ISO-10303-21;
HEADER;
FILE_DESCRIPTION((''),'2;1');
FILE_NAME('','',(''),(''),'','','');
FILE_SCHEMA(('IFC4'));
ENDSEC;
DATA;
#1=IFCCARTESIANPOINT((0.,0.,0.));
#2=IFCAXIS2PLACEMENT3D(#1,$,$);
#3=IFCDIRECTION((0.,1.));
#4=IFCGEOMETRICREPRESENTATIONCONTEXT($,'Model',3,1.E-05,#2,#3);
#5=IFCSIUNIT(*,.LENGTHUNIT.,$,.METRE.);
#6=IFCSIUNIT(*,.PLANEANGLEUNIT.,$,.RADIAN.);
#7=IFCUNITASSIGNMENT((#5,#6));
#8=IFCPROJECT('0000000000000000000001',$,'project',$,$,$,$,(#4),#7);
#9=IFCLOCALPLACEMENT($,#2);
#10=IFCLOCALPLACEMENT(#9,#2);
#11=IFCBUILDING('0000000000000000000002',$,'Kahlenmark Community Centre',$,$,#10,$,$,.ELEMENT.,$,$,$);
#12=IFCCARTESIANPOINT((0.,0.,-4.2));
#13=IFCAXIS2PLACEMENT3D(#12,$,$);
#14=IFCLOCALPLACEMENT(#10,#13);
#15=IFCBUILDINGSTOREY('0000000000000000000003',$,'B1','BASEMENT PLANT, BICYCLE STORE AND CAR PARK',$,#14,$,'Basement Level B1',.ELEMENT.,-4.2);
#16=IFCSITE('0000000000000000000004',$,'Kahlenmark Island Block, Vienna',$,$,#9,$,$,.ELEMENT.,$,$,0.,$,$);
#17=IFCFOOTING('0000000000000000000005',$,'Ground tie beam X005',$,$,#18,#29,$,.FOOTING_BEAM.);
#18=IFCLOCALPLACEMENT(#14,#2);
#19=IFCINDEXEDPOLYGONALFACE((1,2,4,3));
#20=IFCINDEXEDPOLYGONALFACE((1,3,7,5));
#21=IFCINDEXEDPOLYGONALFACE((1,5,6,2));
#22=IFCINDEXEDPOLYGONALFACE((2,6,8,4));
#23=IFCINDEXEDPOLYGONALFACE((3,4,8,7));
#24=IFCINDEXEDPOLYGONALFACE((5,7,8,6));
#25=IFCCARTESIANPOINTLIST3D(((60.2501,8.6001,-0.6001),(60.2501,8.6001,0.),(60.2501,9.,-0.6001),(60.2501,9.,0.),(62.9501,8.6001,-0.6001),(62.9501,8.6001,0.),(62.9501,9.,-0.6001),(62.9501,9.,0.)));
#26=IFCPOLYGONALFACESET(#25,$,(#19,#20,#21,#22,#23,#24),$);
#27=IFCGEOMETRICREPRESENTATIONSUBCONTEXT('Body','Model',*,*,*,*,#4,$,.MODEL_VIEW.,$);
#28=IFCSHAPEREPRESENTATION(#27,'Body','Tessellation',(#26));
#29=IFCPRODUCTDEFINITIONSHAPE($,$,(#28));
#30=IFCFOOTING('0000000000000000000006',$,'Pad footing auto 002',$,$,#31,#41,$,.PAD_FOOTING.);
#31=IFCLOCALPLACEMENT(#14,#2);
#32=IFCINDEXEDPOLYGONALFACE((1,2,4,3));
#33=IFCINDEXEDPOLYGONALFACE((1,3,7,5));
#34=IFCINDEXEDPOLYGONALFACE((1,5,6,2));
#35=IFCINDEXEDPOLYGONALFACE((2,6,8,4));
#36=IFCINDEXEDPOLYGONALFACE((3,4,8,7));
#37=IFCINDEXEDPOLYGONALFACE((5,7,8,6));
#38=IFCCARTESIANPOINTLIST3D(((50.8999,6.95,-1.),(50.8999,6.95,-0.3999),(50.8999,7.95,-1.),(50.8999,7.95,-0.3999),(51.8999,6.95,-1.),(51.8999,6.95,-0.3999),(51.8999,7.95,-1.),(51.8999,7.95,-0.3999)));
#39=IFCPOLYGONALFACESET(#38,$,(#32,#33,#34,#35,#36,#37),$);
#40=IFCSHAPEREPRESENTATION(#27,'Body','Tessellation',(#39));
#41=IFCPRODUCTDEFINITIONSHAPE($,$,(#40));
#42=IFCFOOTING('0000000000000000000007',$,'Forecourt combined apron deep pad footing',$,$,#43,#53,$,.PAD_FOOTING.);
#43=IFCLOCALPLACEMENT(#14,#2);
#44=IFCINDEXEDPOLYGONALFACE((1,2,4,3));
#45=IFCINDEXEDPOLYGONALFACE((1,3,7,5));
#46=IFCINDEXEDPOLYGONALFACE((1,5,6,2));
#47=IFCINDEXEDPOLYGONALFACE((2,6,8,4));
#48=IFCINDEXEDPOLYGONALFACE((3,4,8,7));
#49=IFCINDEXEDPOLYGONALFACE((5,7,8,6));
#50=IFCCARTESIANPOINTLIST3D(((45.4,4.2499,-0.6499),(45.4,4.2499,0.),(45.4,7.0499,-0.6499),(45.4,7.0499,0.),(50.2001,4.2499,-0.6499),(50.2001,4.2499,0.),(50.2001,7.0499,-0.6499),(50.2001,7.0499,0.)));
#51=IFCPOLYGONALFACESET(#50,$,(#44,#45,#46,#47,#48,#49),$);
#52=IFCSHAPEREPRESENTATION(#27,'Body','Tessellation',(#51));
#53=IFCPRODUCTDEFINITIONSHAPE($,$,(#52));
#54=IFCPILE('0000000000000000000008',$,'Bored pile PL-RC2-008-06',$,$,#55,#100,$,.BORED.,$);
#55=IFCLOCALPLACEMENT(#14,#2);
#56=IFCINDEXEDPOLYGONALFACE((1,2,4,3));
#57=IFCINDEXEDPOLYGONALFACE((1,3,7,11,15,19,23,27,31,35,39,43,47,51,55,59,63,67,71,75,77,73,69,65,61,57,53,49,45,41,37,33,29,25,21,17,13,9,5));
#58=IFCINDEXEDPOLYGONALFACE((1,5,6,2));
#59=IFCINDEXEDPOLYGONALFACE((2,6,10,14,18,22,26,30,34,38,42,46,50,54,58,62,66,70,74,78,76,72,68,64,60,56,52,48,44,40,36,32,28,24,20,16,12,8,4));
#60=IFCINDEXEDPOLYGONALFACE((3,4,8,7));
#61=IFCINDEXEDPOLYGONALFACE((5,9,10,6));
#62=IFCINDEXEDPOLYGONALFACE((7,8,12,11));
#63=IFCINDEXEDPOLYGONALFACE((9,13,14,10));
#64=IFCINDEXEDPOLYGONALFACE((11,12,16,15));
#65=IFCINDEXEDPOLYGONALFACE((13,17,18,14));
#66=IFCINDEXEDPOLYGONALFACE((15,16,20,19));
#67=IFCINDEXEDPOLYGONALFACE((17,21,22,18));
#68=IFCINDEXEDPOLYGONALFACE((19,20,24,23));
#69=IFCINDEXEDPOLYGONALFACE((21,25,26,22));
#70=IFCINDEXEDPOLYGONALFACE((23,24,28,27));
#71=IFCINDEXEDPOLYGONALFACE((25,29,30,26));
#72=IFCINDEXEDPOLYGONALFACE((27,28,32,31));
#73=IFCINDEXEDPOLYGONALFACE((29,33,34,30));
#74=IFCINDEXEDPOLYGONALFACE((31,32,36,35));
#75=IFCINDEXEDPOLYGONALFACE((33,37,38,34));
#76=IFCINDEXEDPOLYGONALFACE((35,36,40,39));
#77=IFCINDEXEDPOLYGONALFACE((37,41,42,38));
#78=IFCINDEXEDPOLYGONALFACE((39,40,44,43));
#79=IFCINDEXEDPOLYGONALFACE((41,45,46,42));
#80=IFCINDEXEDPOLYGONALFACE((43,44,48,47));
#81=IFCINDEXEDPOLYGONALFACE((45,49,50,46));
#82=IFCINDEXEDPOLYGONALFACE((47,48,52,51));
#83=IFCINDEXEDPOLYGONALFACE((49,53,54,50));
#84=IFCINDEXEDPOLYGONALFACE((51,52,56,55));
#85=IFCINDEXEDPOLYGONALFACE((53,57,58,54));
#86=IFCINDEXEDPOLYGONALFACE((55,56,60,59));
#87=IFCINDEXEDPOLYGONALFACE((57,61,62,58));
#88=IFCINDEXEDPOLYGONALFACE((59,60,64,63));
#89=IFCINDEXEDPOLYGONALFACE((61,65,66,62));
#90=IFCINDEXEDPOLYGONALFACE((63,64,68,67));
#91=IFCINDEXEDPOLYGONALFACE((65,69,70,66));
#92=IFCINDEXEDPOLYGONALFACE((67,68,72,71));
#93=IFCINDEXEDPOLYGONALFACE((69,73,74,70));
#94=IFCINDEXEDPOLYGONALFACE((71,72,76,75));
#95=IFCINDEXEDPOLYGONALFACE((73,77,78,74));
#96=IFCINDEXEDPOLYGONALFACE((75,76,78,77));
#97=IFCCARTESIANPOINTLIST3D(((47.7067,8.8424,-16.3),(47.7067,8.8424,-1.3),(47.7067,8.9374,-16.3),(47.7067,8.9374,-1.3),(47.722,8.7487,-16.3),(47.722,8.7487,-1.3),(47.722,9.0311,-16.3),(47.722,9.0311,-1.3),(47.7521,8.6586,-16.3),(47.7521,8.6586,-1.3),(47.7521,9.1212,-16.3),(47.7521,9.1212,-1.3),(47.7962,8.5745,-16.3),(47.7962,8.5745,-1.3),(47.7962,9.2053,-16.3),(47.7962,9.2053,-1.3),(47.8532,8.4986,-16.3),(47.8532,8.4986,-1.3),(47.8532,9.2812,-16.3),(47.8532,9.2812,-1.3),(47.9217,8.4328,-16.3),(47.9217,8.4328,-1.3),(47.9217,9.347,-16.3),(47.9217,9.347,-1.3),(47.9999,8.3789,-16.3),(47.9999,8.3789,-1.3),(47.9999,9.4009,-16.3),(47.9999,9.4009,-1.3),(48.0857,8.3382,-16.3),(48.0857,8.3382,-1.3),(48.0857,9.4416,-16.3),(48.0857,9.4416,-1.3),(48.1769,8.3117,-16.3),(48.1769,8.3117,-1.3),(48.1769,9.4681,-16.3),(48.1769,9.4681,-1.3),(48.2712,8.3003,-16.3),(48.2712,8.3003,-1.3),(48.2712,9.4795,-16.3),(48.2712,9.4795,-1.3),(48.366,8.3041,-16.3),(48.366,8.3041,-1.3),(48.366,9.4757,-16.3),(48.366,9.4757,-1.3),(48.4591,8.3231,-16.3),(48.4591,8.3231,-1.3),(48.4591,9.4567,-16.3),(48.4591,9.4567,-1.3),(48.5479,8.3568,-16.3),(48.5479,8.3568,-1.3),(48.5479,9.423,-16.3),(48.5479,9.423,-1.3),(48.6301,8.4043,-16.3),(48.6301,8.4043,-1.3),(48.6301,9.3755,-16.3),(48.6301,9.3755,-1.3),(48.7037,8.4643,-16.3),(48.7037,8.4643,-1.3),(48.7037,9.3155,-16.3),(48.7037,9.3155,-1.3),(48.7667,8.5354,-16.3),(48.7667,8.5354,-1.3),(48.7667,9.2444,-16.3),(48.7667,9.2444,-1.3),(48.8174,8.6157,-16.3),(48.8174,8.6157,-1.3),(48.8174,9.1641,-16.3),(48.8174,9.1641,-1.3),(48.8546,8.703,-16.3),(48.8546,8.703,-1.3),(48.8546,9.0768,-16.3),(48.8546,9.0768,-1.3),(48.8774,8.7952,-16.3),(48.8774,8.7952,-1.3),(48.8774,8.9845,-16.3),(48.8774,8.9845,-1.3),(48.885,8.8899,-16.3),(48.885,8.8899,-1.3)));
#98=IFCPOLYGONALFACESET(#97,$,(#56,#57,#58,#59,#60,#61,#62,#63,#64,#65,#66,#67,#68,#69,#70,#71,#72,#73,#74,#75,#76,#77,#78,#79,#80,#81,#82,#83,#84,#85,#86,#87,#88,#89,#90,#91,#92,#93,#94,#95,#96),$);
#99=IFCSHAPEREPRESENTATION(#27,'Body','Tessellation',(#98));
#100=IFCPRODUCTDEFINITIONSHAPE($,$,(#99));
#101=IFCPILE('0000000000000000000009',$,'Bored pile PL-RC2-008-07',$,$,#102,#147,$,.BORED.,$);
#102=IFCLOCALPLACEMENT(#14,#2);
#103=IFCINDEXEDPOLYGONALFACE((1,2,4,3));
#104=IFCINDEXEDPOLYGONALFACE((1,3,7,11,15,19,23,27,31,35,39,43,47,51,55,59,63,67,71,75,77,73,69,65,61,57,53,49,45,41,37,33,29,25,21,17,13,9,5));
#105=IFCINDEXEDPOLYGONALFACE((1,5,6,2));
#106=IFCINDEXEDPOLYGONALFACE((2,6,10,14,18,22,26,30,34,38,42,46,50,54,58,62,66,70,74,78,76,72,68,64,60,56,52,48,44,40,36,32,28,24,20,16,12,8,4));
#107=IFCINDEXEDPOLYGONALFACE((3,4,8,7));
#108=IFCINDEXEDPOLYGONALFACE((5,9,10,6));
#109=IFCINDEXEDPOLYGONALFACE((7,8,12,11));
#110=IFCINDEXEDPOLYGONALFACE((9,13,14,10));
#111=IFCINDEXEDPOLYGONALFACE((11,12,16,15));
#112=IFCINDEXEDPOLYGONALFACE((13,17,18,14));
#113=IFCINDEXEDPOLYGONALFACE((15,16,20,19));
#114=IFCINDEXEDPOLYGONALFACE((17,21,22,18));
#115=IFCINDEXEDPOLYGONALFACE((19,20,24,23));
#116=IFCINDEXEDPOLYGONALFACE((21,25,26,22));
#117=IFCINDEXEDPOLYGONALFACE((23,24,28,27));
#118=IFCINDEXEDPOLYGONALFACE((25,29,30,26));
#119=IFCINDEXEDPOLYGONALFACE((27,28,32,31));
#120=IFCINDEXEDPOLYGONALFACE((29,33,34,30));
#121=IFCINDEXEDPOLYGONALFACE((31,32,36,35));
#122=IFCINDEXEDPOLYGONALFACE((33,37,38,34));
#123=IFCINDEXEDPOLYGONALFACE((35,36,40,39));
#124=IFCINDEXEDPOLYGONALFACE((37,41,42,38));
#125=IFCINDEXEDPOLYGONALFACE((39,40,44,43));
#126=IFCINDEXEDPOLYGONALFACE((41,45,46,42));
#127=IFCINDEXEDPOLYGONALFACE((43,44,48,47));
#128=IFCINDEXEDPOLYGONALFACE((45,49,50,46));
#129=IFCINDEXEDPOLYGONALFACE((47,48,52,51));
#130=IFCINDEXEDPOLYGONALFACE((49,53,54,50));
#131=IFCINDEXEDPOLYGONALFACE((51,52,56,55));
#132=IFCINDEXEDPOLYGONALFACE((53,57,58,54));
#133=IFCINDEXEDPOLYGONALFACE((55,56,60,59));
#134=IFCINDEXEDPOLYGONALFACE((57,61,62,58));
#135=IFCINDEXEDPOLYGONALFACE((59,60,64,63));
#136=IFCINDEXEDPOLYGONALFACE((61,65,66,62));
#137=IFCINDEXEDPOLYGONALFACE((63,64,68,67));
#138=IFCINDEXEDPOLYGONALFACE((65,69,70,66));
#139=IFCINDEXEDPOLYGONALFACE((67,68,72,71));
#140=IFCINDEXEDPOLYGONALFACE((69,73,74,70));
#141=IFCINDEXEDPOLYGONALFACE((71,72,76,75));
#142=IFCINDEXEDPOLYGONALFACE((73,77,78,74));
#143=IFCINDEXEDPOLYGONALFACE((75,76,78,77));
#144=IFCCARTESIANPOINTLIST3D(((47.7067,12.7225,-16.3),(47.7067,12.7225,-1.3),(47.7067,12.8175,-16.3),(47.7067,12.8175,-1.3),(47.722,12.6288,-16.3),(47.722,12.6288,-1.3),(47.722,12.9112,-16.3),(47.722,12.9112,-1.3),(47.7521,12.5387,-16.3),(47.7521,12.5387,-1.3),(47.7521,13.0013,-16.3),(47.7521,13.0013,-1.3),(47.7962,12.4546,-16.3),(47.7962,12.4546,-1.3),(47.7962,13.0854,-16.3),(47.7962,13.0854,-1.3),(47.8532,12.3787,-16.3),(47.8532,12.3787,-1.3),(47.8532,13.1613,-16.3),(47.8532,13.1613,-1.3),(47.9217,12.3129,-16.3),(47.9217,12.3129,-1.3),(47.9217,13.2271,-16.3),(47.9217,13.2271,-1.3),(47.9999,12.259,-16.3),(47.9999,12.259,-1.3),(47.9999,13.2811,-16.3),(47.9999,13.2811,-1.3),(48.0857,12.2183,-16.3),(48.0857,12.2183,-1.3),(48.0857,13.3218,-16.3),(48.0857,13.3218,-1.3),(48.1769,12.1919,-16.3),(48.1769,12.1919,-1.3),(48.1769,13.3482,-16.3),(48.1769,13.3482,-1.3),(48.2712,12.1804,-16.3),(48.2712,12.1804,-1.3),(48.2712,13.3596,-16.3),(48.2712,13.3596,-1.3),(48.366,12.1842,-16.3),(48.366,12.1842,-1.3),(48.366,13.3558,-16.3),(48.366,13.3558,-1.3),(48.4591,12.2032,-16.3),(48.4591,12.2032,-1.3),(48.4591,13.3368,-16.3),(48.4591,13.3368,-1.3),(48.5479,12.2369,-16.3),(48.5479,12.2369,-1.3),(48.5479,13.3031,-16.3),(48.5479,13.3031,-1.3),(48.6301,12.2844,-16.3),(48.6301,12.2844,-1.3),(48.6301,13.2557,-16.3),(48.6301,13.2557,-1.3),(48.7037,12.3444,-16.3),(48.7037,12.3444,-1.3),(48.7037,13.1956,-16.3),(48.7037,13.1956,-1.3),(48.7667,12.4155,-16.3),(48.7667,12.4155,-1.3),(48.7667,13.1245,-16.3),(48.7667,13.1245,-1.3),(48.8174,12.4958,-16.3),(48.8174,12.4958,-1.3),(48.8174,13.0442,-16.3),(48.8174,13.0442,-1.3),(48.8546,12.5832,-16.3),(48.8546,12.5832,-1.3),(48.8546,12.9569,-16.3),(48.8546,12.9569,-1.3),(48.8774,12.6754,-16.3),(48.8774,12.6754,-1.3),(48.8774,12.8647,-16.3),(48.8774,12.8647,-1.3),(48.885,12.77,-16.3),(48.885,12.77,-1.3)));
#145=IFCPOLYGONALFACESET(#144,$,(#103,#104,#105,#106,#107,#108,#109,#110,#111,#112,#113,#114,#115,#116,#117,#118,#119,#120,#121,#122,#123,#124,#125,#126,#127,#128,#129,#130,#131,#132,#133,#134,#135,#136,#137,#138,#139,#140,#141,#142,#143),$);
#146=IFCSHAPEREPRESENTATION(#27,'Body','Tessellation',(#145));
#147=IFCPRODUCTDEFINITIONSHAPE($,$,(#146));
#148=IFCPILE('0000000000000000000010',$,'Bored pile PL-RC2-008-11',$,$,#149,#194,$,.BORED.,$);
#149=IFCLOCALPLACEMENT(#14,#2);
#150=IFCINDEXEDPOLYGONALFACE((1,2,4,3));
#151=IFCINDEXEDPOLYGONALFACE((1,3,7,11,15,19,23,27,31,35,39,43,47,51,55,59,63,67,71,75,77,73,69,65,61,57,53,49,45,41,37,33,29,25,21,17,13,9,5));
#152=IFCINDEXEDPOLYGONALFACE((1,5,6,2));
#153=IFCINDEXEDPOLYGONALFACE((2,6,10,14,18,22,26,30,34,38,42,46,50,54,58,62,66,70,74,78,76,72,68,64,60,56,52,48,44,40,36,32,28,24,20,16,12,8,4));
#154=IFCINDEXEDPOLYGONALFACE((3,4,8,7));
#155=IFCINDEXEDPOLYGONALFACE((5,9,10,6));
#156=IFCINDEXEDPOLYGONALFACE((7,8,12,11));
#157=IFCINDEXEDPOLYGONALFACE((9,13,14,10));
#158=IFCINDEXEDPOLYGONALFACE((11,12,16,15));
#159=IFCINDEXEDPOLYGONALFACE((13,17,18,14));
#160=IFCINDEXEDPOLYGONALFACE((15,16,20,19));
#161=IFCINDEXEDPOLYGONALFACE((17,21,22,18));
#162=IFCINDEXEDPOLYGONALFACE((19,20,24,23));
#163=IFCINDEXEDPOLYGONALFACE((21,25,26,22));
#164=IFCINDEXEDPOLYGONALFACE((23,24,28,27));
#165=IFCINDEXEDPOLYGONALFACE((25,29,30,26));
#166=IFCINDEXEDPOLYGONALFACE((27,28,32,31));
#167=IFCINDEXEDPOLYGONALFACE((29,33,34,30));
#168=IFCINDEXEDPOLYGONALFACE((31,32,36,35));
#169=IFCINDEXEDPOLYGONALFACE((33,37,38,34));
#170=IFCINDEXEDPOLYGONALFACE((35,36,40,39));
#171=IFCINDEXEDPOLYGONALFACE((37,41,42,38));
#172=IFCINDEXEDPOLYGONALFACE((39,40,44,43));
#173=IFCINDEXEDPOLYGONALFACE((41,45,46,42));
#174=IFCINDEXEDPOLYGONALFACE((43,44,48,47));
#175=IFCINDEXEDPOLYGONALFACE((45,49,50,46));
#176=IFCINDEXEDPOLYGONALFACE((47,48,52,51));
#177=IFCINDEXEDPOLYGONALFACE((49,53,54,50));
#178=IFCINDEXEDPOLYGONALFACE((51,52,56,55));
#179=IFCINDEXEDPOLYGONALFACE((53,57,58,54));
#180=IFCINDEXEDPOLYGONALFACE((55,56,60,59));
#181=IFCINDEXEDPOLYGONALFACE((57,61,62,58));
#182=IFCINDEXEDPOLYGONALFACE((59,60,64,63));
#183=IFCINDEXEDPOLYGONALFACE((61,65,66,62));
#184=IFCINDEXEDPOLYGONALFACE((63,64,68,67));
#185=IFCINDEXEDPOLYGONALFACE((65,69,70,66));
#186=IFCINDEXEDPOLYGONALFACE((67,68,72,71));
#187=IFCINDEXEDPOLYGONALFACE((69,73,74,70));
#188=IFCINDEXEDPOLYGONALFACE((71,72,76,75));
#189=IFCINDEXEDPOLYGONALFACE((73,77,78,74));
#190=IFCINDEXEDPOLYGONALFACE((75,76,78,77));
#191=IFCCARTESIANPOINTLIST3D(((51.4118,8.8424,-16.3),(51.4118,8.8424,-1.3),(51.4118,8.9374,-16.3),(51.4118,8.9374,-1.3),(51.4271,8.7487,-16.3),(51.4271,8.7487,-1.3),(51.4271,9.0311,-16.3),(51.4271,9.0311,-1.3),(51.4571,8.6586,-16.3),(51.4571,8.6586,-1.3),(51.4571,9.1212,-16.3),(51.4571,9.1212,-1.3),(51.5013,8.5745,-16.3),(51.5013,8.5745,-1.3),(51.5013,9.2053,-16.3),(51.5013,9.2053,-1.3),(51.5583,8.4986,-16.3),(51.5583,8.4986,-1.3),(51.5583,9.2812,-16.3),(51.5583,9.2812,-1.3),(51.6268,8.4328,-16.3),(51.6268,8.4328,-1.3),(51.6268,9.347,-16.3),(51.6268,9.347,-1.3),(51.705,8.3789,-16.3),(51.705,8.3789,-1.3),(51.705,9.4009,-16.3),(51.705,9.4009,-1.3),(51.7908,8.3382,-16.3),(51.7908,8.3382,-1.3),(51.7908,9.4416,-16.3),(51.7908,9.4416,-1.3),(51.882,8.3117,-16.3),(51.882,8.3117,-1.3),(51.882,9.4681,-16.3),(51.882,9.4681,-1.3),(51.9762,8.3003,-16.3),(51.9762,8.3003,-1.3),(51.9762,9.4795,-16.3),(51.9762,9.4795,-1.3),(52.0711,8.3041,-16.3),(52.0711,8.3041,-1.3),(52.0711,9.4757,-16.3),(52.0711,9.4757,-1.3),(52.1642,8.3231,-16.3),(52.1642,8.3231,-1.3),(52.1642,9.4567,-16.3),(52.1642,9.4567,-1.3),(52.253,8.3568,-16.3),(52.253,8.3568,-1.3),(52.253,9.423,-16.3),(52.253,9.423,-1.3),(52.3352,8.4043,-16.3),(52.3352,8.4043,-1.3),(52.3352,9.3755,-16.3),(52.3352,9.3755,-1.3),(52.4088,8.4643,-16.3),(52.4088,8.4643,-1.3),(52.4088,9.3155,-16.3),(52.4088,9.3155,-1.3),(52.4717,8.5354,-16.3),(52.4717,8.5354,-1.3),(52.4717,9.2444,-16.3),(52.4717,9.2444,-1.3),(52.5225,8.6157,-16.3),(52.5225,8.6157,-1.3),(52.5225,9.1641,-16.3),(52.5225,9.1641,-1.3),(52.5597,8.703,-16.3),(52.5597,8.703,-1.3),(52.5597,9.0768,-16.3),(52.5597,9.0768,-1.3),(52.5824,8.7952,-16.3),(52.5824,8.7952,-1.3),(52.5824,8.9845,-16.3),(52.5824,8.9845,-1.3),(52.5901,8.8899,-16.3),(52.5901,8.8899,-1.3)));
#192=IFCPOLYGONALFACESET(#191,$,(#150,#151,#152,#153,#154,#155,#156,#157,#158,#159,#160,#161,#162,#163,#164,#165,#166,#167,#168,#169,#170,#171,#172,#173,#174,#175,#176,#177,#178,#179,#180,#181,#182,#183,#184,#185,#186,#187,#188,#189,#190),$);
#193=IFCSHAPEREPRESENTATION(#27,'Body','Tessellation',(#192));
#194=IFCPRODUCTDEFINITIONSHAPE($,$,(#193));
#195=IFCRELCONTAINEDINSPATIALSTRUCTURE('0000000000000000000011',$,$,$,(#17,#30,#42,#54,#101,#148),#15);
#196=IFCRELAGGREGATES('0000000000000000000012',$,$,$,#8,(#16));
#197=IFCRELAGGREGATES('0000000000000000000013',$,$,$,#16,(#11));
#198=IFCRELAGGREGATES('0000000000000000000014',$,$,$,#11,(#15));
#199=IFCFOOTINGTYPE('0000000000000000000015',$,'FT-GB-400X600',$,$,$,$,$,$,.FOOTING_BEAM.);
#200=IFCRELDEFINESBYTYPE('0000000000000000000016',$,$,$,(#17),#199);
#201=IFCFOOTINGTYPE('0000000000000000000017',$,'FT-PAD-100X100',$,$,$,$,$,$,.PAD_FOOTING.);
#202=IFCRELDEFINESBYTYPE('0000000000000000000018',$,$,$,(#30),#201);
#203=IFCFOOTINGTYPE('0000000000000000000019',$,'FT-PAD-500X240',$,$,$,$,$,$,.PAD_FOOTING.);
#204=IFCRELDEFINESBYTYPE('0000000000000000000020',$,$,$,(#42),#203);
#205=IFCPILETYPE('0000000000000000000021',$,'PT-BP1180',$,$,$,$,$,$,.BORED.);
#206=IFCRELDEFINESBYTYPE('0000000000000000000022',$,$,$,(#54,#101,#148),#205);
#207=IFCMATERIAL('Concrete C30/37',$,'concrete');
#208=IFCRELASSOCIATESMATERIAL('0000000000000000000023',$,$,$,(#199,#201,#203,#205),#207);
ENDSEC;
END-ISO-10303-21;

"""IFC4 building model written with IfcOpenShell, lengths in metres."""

from ifc_helpers import new_model, si_unit, direction, frame, origin, origin_2d, place, context, subcontext, project, spatial, rectangle, circle, extrude, material, material_profile, profile_set, type_object, element, save


model = new_model("IFC4")

# Units and contexts
model_context = context("Model", 3, precision=1e-05, world=origin(), true_north=direction((0.0, 1.0)))
body_context = subcontext(model_context, "Body", "Model", "MODEL_VIEW")
ifc_project = project(units=[si_unit("LENGTHUNIT", "METRE"), si_unit("PLANEANGLEUNIT", "RADIAN")], contexts=[model_context])

# Site, building, storey
site_placement = place(None, origin())
site = spatial("IfcSite", under=ifc_project, at=site_placement, Name="Kahlenmark Island Block, Vienna", CompositionType="ELEMENT", RefElevation=0.0)
building_placement = place(site_placement, origin())
building = spatial("IfcBuilding", under=site, at=building_placement, Name="Kahlenmark Community Centre", CompositionType="ELEMENT")
storey_placement = place(building_placement, frame((0.0, 0.0, -4.2)))
storey = spatial("IfcBuildingStorey", under=building, at=storey_placement, Name="B1", Description="BASEMENT PLANT, BICYCLE STORE AND CAR PARK", LongName="Basement Level B1", CompositionType="ELEMENT", Elevation=-4.2)

# Footings
ifc_material_1 = material(Name="Concrete C30/37", Category="concrete")
footing_type_1 = type_object("IfcFootingType", Name="FT-GB-400X600", PredefinedType="FOOTING_BEAM", material=ifc_material_1)
footing_1_placement = place(storey_placement, frame((61.6001, 8.8, -0.6001), z_axis=(0.0, 0.0, 1.0), x_axis=(1.0, 0.0, 0.0)))
element("IfcFooting", 1, at=footing_1_placement, inside=storey, type_object=footing_type_1, Name="Ground tie beam X005", PredefinedType="FOOTING_BEAM", context=body_context, shape_type="SweptSolid", body=[
    extrude(rectangle(XDim=2.7, YDim=0.3999, at=origin_2d()), origin(), (0.0, 0.0, 1.0), 0.6001),
])
footing_type_2 = type_object("IfcFootingType", Name="FT-PAD-100X100", PredefinedType="PAD_FOOTING", material=ifc_material_1)
footing_2_placement = place(storey_placement, frame((51.3999, 7.45, -1.0), z_axis=(0.0, 0.0, 1.0), x_axis=(1.0, 0.0, 0.0)))
element("IfcFooting", 2, at=footing_2_placement, inside=storey, type_object=footing_type_2, Name="Pad footing auto 002", PredefinedType="PAD_FOOTING", context=body_context, shape_type="SweptSolid", body=[
    extrude(rectangle(XDim=1.0, YDim=1.0, at=origin_2d()), origin(), (0.0, 0.0, 1.0), 0.6001),
])
footing_type_3 = type_object("IfcFootingType", Name="FT-PAD-500X240", PredefinedType="PAD_FOOTING", material=ifc_material_1)
footing_3_placement = place(storey_placement, frame((47.8, 5.6499, -0.6499), z_axis=(0.0, 0.0, 1.0), x_axis=(1.0, 0.0, 0.0)))
element("IfcFooting", 3, at=footing_3_placement, inside=storey, type_object=footing_type_3, Name="Forecourt combined apron deep pad footing", PredefinedType="PAD_FOOTING", context=body_context, shape_type="SweptSolid", body=[
    extrude(rectangle(XDim=4.8, YDim=2.8, at=origin_2d()), origin(), (0.0, 0.0, 1.0), 0.6499),
])

# Piles
ifc_material_profile_1 = material_profile(ifc_material_1, circle(Radius=0.5901, at=origin_2d()), Name="BORED PILE 1180")
ifc_profile_set_1 = profile_set([ifc_material_profile_1], Name="Concrete C30/37")
pile_type = type_object("IfcPileType", Name="PT-BP1180", PredefinedType="BORED", material=ifc_profile_set_1)
for number, where, z_axis, x_axis, name in (
    (4, (48.2949, 8.8899, -1.3), (0.0, 0.0, -1.0), (1.0, 0.0, 0.0), "Bored pile PL-RC2-008-06"),
    (5, (48.2949, 12.77, -1.3), (0.0, 0.0, -1.0), (1.0, 0.0, 0.0), "Bored pile PL-RC2-008-07"),
    (6, (52.0, 8.8899, -1.3), (0.0, 0.0, -1.0), (1.0, 0.0, 0.0), "Bored pile PL-RC2-008-11"),
):
    element("IfcPile", number, at=place(storey_placement, frame(where, z_axis=z_axis, x_axis=x_axis)), inside=storey, type_object=pile_type, Name=name, PredefinedType="BORED", context=body_context, shape_type="SweptSolid", body=[
        extrude(circle(Radius=0.5901, at=origin_2d()), origin(), (0.0, 0.0, 1.0), 15.0),
    ])

save(model, "model.ifc")
